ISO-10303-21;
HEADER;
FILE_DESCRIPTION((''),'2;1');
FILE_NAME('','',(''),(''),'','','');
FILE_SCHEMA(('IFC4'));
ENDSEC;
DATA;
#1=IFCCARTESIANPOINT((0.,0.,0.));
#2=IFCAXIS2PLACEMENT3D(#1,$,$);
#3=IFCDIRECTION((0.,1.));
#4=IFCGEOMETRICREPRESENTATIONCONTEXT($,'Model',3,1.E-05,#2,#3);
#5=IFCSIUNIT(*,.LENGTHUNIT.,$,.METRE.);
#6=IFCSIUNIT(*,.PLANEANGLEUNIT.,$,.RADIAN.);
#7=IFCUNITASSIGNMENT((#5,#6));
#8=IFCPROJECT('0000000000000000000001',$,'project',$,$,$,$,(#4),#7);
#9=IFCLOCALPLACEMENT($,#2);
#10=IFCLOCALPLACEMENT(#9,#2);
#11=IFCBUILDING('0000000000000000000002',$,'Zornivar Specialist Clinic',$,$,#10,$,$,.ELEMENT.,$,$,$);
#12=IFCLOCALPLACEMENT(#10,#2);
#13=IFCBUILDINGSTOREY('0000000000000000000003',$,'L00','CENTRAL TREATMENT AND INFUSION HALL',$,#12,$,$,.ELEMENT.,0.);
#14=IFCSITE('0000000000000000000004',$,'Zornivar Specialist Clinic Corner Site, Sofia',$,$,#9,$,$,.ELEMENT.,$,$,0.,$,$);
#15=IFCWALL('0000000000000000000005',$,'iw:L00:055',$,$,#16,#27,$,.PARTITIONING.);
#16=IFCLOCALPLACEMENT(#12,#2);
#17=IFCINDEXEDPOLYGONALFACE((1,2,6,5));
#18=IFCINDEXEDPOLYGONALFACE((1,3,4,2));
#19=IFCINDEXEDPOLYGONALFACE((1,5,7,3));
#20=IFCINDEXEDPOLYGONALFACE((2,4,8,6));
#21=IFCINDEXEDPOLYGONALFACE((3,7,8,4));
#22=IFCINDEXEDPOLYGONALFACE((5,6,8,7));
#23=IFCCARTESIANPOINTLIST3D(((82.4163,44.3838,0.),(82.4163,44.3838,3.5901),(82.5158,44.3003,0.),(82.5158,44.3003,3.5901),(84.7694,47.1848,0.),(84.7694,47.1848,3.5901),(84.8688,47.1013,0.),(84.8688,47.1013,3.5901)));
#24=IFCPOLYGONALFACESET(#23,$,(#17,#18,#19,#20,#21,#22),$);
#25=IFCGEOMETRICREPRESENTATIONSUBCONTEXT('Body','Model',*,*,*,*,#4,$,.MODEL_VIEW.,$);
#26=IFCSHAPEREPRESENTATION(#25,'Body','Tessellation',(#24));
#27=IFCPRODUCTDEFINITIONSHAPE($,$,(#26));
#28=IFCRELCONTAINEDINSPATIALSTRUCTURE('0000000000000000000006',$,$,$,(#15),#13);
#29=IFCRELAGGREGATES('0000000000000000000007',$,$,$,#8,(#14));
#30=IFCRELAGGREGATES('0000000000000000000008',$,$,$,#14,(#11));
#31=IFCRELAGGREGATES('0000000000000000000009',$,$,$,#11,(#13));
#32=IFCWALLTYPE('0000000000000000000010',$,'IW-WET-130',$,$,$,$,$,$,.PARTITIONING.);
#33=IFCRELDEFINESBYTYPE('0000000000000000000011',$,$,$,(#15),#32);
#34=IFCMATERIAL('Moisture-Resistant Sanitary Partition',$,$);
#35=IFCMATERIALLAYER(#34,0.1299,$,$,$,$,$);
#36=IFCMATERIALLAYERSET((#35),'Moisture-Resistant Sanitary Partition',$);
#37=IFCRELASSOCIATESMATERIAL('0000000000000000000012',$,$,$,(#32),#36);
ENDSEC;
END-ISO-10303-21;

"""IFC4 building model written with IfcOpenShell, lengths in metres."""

from ifc_helpers import new_model, si_unit, direction, frame, frame_2d, origin, place, context, subcontext, project, spatial, rectangle, extrude, material, layer, layer_set, type_object, element, save


model = new_model("IFC4")

# Units and contexts
model_context = context("Model", 3, precision=1e-05, world=origin(), true_north=direction((0.0, 1.0)))
body_context = subcontext(model_context, "Body", "Model", "MODEL_VIEW")
ifc_project = project(units=[si_unit("LENGTHUNIT", "METRE"), si_unit("PLANEANGLEUNIT", "RADIAN")], contexts=[model_context])

# Site, building, storey
site_placement = place(None, origin())
site = spatial("IfcSite", under=ifc_project, at=site_placement, Name="Zornivar Specialist Clinic Corner Site, Sofia", CompositionType="ELEMENT", RefElevation=0.0)
building_placement = place(site_placement, origin())
building = spatial("IfcBuilding", under=site, at=building_placement, Name="Zornivar Specialist Clinic", CompositionType="ELEMENT")
storey_placement = place(building_placement, origin())
storey = spatial("IfcBuildingStorey", under=building, at=storey_placement, Name="L00", Description="CENTRAL TREATMENT AND INFUSION HALL", CompositionType="ELEMENT", Elevation=0.0)

# Wall
ifc_material_1 = material(Name="Moisture-Resistant Sanitary Partition")
ifc_layer_1 = layer(ifc_material_1, 0.1299)
ifc_layer_set_1 = layer_set([ifc_layer_1], Name="Moisture-Resistant Sanitary Partition")
wall_type_1 = type_object("IfcWallType", Name="IW-WET-130", PredefinedType="PARTITIONING", material=ifc_layer_set_1)
wall_1_placement = place(storey_placement, frame((84.8191, 47.1431, 0.0), z_axis=(0.0, 0.0, 1.0), x_axis=(-0.643219, -0.765683, 0.0)))
element("IfcWall", 1, at=wall_1_placement, inside=storey, type_object=wall_type_1, Name="iw:L00:055", PredefinedType="PARTITIONING", context=body_context, shape_type="SweptSolid", body=[
    extrude(rectangle(XDim=3.6582, YDim=0.1299, at=frame_2d((1.8291, 0.0))), origin(), (0.0, 0.0, 1.0), 3.5901),
])

save(model, "model.ifc")
